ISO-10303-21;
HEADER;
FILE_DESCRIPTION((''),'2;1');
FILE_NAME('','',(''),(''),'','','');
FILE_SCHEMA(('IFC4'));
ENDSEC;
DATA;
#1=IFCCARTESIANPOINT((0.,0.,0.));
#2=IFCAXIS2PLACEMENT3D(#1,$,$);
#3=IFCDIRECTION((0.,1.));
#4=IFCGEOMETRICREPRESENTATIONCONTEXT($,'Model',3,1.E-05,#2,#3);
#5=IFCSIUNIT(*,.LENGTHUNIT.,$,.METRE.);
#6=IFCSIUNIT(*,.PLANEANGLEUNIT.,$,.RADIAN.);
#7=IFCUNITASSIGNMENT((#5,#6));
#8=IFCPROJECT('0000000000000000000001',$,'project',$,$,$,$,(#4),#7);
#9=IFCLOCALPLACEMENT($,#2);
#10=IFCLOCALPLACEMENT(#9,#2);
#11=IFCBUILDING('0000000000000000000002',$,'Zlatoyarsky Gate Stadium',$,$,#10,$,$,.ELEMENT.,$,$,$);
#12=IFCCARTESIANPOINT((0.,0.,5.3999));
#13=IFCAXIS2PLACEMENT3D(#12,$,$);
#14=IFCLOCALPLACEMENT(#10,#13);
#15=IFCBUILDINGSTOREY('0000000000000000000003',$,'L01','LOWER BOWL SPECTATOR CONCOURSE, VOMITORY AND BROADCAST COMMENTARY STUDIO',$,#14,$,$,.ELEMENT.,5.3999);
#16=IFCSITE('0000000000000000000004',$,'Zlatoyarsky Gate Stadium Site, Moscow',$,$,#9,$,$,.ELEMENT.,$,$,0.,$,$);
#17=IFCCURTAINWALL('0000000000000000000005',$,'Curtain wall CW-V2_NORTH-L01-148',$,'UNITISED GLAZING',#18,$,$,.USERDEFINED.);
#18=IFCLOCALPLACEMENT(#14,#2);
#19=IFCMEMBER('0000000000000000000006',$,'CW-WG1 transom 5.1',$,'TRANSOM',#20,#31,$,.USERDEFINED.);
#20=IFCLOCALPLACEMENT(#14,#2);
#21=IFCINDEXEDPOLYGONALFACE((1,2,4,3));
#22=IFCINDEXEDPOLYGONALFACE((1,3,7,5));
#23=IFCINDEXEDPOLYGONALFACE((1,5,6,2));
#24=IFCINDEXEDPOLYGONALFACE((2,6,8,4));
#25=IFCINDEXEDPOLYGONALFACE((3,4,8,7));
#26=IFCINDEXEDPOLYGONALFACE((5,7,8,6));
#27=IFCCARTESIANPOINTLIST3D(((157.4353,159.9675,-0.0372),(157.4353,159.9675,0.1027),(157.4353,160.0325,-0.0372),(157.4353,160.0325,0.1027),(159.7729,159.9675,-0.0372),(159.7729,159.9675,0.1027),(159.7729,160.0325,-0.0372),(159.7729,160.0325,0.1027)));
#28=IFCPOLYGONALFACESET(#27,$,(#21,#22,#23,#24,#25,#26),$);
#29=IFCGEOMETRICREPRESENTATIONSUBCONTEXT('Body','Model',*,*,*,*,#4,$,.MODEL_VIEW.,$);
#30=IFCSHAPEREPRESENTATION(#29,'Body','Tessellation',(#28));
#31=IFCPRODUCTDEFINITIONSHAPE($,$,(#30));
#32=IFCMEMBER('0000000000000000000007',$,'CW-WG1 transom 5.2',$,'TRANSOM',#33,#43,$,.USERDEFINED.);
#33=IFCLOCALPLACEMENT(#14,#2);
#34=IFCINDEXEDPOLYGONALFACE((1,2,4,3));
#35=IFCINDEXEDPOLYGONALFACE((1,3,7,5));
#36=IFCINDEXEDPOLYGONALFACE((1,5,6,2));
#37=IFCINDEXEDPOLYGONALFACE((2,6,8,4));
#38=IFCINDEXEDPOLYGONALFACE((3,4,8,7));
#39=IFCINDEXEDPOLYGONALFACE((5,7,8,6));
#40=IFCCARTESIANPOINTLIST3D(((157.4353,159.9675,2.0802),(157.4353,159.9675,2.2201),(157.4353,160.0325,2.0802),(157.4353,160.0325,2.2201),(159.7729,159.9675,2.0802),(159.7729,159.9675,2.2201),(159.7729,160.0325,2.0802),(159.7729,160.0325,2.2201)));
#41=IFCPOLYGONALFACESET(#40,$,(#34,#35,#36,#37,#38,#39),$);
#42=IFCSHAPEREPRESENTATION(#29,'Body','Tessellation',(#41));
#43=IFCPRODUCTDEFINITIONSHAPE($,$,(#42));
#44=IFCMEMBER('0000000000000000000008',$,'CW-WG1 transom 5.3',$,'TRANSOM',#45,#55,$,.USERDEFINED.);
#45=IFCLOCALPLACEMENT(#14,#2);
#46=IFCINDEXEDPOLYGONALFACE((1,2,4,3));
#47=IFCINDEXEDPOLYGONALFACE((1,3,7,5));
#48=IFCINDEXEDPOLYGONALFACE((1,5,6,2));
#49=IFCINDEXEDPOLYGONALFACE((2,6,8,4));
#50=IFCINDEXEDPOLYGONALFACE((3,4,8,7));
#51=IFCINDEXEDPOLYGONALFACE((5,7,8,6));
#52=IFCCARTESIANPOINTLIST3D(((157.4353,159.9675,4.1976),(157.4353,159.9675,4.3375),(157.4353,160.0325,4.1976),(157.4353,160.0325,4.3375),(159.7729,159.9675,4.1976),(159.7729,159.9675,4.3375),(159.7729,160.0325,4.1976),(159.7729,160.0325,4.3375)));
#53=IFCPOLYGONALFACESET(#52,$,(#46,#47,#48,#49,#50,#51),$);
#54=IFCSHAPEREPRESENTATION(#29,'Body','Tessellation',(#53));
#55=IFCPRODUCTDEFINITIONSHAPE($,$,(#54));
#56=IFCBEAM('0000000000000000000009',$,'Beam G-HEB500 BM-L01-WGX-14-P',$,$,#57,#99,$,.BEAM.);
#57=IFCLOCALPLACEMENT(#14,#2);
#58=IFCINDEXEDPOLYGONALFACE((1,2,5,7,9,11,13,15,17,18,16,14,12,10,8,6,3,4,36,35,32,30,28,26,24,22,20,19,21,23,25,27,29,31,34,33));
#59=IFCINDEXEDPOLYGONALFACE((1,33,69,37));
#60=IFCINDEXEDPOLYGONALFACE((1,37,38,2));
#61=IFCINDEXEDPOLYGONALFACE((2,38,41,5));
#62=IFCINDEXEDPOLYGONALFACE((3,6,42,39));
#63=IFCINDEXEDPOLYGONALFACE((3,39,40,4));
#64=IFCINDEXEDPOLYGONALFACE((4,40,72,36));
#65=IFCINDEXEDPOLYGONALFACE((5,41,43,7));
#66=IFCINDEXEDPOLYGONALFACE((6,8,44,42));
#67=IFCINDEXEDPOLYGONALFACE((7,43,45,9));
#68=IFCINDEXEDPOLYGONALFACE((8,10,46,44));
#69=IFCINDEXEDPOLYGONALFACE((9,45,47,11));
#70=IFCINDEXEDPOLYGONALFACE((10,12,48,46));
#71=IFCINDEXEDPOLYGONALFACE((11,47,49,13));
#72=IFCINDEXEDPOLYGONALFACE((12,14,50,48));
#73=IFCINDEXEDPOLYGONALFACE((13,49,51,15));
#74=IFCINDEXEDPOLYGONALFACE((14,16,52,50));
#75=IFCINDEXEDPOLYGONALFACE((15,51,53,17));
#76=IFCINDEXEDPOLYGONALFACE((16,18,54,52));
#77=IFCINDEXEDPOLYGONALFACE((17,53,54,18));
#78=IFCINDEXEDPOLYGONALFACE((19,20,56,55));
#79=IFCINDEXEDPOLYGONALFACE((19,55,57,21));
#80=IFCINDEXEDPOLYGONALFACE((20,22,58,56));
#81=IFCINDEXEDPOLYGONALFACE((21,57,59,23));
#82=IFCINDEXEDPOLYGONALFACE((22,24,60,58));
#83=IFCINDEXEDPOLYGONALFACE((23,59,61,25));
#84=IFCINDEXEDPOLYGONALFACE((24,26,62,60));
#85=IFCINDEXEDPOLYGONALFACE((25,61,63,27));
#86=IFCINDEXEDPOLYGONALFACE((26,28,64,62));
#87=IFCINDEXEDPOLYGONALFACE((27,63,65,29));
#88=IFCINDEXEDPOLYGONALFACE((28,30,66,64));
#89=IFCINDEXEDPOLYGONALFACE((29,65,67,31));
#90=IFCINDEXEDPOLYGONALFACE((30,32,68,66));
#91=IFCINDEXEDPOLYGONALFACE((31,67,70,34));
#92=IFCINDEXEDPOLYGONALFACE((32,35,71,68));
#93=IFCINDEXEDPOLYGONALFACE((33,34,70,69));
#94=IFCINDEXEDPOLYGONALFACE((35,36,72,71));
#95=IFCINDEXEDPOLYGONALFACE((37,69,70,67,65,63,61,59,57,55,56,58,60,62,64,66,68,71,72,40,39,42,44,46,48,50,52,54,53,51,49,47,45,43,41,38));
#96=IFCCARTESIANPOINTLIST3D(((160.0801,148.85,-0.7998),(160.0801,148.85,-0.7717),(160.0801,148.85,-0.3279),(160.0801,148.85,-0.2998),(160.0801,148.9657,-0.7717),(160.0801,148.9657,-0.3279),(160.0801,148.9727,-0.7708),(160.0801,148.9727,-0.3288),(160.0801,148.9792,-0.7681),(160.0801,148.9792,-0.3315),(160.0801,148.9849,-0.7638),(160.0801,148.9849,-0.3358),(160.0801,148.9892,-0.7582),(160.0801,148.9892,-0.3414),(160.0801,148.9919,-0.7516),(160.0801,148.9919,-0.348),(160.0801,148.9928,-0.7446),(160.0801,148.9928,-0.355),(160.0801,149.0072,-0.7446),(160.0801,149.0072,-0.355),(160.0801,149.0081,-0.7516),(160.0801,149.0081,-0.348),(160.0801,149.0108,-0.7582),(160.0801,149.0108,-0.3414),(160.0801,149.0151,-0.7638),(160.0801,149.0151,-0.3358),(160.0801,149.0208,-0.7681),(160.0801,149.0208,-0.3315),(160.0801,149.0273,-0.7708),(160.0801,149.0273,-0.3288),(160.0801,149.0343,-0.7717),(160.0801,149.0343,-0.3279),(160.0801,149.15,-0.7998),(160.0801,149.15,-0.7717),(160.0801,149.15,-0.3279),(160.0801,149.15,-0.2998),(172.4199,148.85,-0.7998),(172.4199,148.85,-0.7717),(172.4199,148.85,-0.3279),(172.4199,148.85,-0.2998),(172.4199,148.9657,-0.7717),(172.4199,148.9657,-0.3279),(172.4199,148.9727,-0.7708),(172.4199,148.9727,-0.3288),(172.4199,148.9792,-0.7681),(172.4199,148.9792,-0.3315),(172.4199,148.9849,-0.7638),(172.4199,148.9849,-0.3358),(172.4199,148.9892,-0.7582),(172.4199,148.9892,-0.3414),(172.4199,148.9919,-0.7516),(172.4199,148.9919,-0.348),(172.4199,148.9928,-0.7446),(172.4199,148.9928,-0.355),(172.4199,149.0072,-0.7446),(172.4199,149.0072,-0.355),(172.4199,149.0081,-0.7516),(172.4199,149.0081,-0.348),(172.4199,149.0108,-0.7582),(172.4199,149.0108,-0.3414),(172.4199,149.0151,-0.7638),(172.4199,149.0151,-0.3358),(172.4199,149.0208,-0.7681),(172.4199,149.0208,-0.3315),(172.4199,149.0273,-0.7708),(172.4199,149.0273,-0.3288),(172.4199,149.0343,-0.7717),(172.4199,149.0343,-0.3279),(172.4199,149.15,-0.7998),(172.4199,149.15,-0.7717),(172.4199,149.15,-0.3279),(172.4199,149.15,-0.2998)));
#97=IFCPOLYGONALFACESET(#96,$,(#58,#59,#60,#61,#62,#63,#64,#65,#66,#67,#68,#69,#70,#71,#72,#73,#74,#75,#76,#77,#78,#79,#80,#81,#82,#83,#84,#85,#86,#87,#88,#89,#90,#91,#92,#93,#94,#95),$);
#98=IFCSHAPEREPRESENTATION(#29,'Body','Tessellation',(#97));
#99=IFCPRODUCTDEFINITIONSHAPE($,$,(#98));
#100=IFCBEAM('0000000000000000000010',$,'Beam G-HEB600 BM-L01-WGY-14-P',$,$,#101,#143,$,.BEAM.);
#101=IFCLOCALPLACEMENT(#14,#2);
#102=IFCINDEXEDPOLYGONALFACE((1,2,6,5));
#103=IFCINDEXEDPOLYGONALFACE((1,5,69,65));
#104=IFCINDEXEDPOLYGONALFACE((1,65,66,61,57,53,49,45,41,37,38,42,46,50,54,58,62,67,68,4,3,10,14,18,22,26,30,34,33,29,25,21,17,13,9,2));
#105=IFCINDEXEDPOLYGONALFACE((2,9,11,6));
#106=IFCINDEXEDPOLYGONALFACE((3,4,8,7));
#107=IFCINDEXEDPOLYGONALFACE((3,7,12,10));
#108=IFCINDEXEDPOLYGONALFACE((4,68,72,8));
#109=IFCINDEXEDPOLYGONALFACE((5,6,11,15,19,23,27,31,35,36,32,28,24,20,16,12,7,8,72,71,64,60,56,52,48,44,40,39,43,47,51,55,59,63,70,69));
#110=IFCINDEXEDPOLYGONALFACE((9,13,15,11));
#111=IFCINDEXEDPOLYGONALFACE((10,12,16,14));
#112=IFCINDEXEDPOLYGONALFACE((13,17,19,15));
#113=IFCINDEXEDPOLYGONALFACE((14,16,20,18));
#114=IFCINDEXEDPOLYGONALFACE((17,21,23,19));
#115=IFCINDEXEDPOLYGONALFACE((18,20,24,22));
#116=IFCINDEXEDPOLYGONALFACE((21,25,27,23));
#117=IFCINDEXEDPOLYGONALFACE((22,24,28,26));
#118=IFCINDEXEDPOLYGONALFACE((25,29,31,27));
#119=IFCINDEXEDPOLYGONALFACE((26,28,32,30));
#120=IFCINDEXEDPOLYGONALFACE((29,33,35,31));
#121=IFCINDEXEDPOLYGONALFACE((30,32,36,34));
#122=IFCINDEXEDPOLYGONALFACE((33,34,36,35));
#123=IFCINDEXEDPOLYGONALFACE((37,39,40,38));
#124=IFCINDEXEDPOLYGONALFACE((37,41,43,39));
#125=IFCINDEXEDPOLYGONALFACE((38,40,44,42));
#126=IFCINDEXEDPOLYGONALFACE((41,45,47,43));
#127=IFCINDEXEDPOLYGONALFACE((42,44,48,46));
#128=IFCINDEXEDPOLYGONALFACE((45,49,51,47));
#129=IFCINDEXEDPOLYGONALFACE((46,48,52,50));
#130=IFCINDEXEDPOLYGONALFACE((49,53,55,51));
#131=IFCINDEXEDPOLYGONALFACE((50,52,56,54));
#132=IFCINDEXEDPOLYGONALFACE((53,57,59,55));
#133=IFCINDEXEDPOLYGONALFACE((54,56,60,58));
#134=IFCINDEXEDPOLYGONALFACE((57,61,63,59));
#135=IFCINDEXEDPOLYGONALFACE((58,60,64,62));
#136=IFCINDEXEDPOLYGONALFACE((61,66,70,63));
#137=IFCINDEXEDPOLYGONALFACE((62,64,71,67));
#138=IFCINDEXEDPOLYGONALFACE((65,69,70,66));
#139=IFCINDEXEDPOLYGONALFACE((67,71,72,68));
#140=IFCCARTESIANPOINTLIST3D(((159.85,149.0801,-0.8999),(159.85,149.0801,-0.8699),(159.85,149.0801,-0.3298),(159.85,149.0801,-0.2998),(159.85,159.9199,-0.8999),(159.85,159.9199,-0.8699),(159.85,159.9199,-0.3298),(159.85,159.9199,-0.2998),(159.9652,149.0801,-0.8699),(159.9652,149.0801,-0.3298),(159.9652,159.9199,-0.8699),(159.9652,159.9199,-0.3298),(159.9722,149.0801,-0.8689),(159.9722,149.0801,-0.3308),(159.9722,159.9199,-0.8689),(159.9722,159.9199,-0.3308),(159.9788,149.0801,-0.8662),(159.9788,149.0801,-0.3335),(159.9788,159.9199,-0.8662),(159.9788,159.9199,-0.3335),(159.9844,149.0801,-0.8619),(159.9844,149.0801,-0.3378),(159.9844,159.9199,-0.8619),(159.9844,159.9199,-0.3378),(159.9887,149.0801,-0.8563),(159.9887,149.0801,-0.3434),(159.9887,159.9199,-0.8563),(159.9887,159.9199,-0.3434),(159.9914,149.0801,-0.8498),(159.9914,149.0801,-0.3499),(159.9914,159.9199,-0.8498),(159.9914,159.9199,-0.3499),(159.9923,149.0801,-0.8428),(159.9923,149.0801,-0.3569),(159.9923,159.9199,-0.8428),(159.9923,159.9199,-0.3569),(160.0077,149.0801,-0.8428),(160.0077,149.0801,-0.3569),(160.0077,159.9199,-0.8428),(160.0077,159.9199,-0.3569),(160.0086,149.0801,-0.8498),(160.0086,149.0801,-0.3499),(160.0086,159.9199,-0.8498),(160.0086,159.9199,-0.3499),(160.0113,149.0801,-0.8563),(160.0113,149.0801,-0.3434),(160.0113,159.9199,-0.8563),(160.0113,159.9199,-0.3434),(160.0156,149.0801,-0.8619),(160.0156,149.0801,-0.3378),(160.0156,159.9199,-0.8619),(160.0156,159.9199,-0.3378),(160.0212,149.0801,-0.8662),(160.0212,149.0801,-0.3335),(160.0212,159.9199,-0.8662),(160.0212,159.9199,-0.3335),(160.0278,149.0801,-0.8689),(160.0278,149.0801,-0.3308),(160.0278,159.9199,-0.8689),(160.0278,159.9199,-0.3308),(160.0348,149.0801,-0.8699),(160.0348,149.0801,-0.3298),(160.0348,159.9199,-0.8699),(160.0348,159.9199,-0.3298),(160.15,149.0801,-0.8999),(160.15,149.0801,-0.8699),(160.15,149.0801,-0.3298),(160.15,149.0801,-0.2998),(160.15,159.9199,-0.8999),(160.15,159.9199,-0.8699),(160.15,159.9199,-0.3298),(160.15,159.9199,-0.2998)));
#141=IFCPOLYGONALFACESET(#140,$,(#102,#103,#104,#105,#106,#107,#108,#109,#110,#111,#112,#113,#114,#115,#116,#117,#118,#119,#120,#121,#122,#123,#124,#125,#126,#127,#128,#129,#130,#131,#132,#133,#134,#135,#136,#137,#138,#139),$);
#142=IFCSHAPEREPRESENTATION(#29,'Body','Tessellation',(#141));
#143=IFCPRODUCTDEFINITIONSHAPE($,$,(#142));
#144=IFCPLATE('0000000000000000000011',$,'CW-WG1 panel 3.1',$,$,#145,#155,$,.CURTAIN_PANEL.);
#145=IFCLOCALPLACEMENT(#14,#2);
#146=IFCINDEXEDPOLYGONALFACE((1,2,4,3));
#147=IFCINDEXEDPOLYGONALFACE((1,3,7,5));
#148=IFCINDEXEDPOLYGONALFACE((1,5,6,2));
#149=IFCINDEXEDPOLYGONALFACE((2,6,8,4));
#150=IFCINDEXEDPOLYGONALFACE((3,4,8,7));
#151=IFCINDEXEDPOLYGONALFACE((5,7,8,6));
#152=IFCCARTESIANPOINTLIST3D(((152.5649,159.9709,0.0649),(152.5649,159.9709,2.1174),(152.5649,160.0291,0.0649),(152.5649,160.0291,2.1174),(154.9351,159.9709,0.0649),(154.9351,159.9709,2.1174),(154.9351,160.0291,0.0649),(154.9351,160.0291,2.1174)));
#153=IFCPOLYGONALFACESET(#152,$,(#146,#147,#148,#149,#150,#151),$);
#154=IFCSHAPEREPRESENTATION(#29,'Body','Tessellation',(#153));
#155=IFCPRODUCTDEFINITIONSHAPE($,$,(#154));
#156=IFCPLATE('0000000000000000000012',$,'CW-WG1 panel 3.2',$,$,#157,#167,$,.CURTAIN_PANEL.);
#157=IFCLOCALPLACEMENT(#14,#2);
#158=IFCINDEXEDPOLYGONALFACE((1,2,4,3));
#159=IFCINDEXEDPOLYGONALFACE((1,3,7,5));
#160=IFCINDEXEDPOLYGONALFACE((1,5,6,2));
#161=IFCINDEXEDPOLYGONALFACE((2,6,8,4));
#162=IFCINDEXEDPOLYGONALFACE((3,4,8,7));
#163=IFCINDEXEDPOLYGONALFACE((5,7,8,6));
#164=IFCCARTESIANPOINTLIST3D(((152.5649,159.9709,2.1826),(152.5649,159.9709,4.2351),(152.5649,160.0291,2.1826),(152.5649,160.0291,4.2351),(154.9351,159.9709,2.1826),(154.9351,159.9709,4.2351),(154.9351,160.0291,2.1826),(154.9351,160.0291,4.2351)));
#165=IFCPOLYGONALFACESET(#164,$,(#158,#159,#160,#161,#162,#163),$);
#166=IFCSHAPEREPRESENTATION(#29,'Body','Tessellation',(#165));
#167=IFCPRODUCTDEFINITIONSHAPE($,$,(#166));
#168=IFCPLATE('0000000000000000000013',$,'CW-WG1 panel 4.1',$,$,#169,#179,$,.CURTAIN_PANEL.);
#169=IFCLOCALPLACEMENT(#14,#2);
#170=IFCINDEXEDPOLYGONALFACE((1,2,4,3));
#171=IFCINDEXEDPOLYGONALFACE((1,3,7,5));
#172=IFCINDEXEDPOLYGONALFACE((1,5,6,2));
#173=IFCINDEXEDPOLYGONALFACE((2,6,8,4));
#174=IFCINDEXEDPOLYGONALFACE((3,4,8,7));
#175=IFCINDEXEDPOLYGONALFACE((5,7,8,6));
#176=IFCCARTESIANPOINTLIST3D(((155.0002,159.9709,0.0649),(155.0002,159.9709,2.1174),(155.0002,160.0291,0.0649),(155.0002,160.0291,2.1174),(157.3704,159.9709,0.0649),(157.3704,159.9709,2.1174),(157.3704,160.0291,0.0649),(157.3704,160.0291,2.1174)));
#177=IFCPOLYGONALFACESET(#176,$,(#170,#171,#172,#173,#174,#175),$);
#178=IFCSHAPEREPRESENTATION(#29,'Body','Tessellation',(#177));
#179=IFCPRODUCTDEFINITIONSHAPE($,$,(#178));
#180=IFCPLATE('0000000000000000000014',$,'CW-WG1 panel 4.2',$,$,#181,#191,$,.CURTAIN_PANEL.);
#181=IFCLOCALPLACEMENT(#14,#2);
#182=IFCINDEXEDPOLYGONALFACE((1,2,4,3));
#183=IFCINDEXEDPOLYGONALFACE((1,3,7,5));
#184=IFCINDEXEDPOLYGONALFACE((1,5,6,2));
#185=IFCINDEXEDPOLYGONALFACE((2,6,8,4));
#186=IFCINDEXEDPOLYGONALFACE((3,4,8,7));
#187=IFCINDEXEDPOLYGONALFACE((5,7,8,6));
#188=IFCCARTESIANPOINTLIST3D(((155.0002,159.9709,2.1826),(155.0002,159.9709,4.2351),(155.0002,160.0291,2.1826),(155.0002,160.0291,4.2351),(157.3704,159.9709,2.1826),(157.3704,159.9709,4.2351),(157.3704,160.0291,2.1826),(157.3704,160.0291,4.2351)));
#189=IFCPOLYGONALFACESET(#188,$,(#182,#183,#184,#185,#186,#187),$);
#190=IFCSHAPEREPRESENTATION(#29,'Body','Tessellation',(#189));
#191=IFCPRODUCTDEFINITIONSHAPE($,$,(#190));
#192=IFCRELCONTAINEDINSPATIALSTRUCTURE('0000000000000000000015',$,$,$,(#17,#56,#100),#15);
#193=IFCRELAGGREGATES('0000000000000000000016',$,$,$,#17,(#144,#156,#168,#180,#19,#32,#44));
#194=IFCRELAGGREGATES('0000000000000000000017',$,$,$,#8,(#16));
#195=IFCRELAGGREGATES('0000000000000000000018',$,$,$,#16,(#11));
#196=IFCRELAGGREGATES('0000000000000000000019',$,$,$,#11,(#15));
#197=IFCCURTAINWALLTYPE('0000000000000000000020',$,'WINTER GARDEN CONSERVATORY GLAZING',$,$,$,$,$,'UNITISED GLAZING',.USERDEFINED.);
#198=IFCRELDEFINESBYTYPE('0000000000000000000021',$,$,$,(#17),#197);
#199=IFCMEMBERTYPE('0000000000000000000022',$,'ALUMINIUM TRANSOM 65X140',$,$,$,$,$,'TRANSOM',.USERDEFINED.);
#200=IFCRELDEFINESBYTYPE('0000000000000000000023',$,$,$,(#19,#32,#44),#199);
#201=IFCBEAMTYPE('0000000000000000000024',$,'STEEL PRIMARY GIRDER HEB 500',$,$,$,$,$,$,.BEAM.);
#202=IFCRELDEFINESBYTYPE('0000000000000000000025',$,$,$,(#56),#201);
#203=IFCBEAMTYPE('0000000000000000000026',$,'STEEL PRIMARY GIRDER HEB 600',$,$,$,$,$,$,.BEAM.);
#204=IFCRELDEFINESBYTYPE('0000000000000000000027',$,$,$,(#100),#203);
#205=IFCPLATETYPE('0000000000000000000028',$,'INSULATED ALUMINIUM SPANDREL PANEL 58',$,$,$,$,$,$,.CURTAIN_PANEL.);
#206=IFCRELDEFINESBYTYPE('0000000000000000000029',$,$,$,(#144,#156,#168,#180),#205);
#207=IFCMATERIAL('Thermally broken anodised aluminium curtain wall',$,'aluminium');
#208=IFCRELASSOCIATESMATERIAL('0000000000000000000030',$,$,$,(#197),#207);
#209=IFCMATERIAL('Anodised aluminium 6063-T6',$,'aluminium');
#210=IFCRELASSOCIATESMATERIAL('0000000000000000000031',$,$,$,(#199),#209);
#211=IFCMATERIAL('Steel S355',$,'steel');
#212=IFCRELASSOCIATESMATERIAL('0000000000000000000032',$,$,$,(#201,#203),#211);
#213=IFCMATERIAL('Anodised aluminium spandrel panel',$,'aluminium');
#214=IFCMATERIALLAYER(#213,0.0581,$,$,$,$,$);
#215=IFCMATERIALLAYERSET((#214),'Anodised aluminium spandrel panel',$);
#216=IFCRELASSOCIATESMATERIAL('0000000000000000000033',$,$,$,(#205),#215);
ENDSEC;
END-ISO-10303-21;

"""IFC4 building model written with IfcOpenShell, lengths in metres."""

from ifc_helpers import new_model, si_unit, direction, frame, origin, origin_2d, place, context, subcontext, project, spatial, rectangle, i_section, extrude, material, layer, layer_set, material_profile, profile_set, type_object, element, aggregate, save


model = new_model("IFC4")

# Units and contexts
model_context = context("Model", 3, precision=1e-05, world=origin(), true_north=direction((0.0, 1.0)))
body_context = subcontext(model_context, "Body", "Model", "MODEL_VIEW")
ifc_project = project(units=[si_unit("LENGTHUNIT", "METRE"), si_unit("PLANEANGLEUNIT", "RADIAN")], contexts=[model_context])

# Site, building, storey
site_placement = place(None, origin())
site = spatial("IfcSite", under=ifc_project, at=site_placement, Name="Zlatoyarsky Gate Stadium Site, Moscow", CompositionType="ELEMENT", RefElevation=0.0)
building_placement = place(site_placement, origin())
building = spatial("IfcBuilding", under=site, at=building_placement, Name="Zlatoyarsky Gate Stadium", CompositionType="ELEMENT")
storey_placement = place(building_placement, frame((0.0, 0.0, 5.3999)))
storey = spatial("IfcBuildingStorey", under=building, at=storey_placement, Name="L01", Description="LOWER BOWL SPECTATOR CONCOURSE, VOMITORY AND BROADCAST COMMENTARY STUDIO", CompositionType="ELEMENT", Elevation=5.3999)

# Shared definitions
ifc_material_1 = material(Name="Steel S355", Category="steel")

# Curtain wall, members
ifc_material_2 = material(Name="Thermally broken anodised aluminium curtain wall", Category="aluminium")
curtain_wall_type = type_object("IfcCurtainWallType", Name="WINTER GARDEN CONSERVATORY GLAZING", ElementType="UNITISED GLAZING", PredefinedType="USERDEFINED", material=ifc_material_2)
curtain_wall_placement = place(storey_placement, origin())
curtain_wall = element("IfcCurtainWall", 1, at=curtain_wall_placement, inside=storey, type_object=curtain_wall_type, Name="Curtain wall CW-V2_NORTH-L01-148", ObjectType="UNITISED GLAZING", PredefinedType="USERDEFINED")
ifc_material_3 = material(Name="Anodised aluminium 6063-T6", Category="aluminium")
ifc_material_profile_1 = material_profile(ifc_material_3, rectangle(XDim=0.0649, YDim=0.1399, at=origin_2d()), Name="ALU 65X140")
ifc_profile_set_1 = profile_set([ifc_material_profile_1], Name="Anodised aluminium 6063-T6")
member_type_1 = type_object("IfcMemberType", Name="ALUMINIUM TRANSOM 65X140", ElementType="TRANSOM", PredefinedType="USERDEFINED", material=ifc_profile_set_1)
member_1_placement = place(storey_placement, frame((157.4353, 160.0, 0.0327), z_axis=(1.0, 0.0, 0.0), x_axis=(0.0, 1.0, 0.0)))
member_1 = element("IfcMember", 2, at=member_1_placement, type_object=member_type_1, Name="CW-WG1 transom 5.1", ObjectType="TRANSOM", PredefinedType="USERDEFINED", context=body_context, shape_type="SweptSolid", body=[
    extrude(rectangle(XDim=0.0649, YDim=0.1399, at=origin_2d()), origin(), (0.0, 0.0, 1.0), 2.3376),
])
member_2_placement = place(storey_placement, frame((157.4353, 160.0, 2.1501), z_axis=(1.0, 0.0, 0.0), x_axis=(0.0, 1.0, 0.0)))
member_2 = element("IfcMember", 3, at=member_2_placement, type_object=member_type_1, Name="CW-WG1 transom 5.2", ObjectType="TRANSOM", PredefinedType="USERDEFINED", context=body_context, shape_type="SweptSolid", body=[
    extrude(rectangle(XDim=0.0649, YDim=0.1399, at=origin_2d()), origin(), (0.0, 0.0, 1.0), 2.3376),
])
member_3_placement = place(storey_placement, frame((157.4353, 160.0, 4.2676), z_axis=(1.0, 0.0, 0.0), x_axis=(0.0, 1.0, 0.0)))
member_3 = element("IfcMember", 4, at=member_3_placement, type_object=member_type_1, Name="CW-WG1 transom 5.3", ObjectType="TRANSOM", PredefinedType="USERDEFINED", context=body_context, shape_type="SweptSolid", body=[
    extrude(rectangle(XDim=0.0649, YDim=0.1399, at=origin_2d()), origin(), (0.0, 0.0, 1.0), 2.3376),
])

# Beams
ifc_material_profile_2 = material_profile(ifc_material_1, i_section(OverallWidth=0.3, OverallDepth=0.5, WebThickness=0.0144, FlangeThickness=0.0281, FilletRadius=0.0271, at=origin_2d()), Name="HEB 500")
ifc_profile_set_2 = profile_set([ifc_material_profile_2], Name="Steel S355")
beam_type_1 = type_object("IfcBeamType", Name="STEEL PRIMARY GIRDER HEB 500", PredefinedType="BEAM", material=ifc_profile_set_2)
beam_1_placement = place(storey_placement, frame((160.0801, 149.0, -0.5498), z_axis=(1.0, 0.0, 0.0), x_axis=(0.0, 1.0, 0.0)))
element("IfcBeam", 5, at=beam_1_placement, inside=storey, type_object=beam_type_1, Name="Beam G-HEB500 BM-L01-WGX-14-P", PredefinedType="BEAM", context=body_context, shape_type="SweptSolid", body=[
    extrude(i_section(OverallWidth=0.3, OverallDepth=0.5, WebThickness=0.0144, FlangeThickness=0.0281, FilletRadius=0.0271, at=origin_2d()), origin(), (0.0, 0.0, 1.0), 12.3398),
])
ifc_material_profile_3 = material_profile(ifc_material_1, i_section(OverallWidth=0.3, OverallDepth=0.6001, WebThickness=0.0154, FlangeThickness=0.03, FilletRadius=0.0271, at=origin_2d()), Name="HEB 600")
ifc_profile_set_3 = profile_set([ifc_material_profile_3], Name="Steel S355")
beam_type_2 = type_object("IfcBeamType", Name="STEEL PRIMARY GIRDER HEB 600", PredefinedType="BEAM", material=ifc_profile_set_3)
beam_2_placement = place(storey_placement, frame((160.0, 149.0801, -0.5999), z_axis=(0.0, 1.0, 0.0), x_axis=(-1.0, 0.0, 0.0)))
element("IfcBeam", 6, at=beam_2_placement, inside=storey, type_object=beam_type_2, Name="Beam G-HEB600 BM-L01-WGY-14-P", PredefinedType="BEAM", context=body_context, shape_type="SweptSolid", body=[
    extrude(i_section(OverallWidth=0.3, OverallDepth=0.6001, WebThickness=0.0154, FlangeThickness=0.03, FilletRadius=0.0271, at=origin_2d()), origin(), (0.0, 0.0, 1.0), 10.8398),
])

# Plates
ifc_material_4 = material(Name="Anodised aluminium spandrel panel", Category="aluminium")
ifc_layer_1 = layer(ifc_material_4, 0.0581)
ifc_layer_set_1 = layer_set([ifc_layer_1], Name="Anodised aluminium spandrel panel")
plate_type_1 = type_object("IfcPlateType", Name="INSULATED ALUMINIUM SPANDREL PANEL 58", PredefinedType="CURTAIN_PANEL", material=ifc_layer_set_1)
plate_1_placement = place(storey_placement, frame((153.75, 160.0, 0.0649), z_axis=(0.0, 0.0, 1.0), x_axis=(1.0, 0.0, 0.0)))
plate_1 = element("IfcPlate", 7, at=plate_1_placement, type_object=plate_type_1, Name="CW-WG1 panel 3.1", PredefinedType="CURTAIN_PANEL", context=body_context, shape_type="SweptSolid", body=[
    extrude(rectangle(XDim=2.3701, YDim=0.0581, at=origin_2d()), origin(), (0.0, 0.0, 1.0), 2.0525),
])
plate_2_placement = place(storey_placement, frame((153.75, 160.0, 2.1826), z_axis=(0.0, 0.0, 1.0), x_axis=(1.0, 0.0, 0.0)))
plate_2 = element("IfcPlate", 8, at=plate_2_placement, type_object=plate_type_1, Name="CW-WG1 panel 3.2", PredefinedType="CURTAIN_PANEL", context=body_context, shape_type="SweptSolid", body=[
    extrude(rectangle(XDim=2.3701, YDim=0.0581, at=origin_2d()), origin(), (0.0, 0.0, 1.0), 2.0525),
])
plate_3_placement = place(storey_placement, frame((156.1853, 160.0, 0.0649), z_axis=(0.0, 0.0, 1.0), x_axis=(1.0, 0.0, 0.0)))
plate_3 = element("IfcPlate", 9, at=plate_3_placement, type_object=plate_type_1, Name="CW-WG1 panel 4.1", PredefinedType="CURTAIN_PANEL", context=body_context, shape_type="SweptSolid", body=[
    extrude(rectangle(XDim=2.3701, YDim=0.0581, at=origin_2d()), origin(), (0.0, 0.0, 1.0), 2.0525),
])
plate_4_placement = place(storey_placement, frame((156.1853, 160.0, 2.1826), z_axis=(0.0, 0.0, 1.0), x_axis=(1.0, 0.0, 0.0)))
plate_4 = element("IfcPlate", 10, at=plate_4_placement, type_object=plate_type_1, Name="CW-WG1 panel 4.2", PredefinedType="CURTAIN_PANEL", context=body_context, shape_type="SweptSolid", body=[
    extrude(rectangle(XDim=2.3701, YDim=0.0581, at=origin_2d()), origin(), (0.0, 0.0, 1.0), 2.0525),
])
aggregate(curtain_wall, [plate_1, plate_2, plate_3, plate_4, member_1, member_2, member_3])

save(model, "model.ifc")
